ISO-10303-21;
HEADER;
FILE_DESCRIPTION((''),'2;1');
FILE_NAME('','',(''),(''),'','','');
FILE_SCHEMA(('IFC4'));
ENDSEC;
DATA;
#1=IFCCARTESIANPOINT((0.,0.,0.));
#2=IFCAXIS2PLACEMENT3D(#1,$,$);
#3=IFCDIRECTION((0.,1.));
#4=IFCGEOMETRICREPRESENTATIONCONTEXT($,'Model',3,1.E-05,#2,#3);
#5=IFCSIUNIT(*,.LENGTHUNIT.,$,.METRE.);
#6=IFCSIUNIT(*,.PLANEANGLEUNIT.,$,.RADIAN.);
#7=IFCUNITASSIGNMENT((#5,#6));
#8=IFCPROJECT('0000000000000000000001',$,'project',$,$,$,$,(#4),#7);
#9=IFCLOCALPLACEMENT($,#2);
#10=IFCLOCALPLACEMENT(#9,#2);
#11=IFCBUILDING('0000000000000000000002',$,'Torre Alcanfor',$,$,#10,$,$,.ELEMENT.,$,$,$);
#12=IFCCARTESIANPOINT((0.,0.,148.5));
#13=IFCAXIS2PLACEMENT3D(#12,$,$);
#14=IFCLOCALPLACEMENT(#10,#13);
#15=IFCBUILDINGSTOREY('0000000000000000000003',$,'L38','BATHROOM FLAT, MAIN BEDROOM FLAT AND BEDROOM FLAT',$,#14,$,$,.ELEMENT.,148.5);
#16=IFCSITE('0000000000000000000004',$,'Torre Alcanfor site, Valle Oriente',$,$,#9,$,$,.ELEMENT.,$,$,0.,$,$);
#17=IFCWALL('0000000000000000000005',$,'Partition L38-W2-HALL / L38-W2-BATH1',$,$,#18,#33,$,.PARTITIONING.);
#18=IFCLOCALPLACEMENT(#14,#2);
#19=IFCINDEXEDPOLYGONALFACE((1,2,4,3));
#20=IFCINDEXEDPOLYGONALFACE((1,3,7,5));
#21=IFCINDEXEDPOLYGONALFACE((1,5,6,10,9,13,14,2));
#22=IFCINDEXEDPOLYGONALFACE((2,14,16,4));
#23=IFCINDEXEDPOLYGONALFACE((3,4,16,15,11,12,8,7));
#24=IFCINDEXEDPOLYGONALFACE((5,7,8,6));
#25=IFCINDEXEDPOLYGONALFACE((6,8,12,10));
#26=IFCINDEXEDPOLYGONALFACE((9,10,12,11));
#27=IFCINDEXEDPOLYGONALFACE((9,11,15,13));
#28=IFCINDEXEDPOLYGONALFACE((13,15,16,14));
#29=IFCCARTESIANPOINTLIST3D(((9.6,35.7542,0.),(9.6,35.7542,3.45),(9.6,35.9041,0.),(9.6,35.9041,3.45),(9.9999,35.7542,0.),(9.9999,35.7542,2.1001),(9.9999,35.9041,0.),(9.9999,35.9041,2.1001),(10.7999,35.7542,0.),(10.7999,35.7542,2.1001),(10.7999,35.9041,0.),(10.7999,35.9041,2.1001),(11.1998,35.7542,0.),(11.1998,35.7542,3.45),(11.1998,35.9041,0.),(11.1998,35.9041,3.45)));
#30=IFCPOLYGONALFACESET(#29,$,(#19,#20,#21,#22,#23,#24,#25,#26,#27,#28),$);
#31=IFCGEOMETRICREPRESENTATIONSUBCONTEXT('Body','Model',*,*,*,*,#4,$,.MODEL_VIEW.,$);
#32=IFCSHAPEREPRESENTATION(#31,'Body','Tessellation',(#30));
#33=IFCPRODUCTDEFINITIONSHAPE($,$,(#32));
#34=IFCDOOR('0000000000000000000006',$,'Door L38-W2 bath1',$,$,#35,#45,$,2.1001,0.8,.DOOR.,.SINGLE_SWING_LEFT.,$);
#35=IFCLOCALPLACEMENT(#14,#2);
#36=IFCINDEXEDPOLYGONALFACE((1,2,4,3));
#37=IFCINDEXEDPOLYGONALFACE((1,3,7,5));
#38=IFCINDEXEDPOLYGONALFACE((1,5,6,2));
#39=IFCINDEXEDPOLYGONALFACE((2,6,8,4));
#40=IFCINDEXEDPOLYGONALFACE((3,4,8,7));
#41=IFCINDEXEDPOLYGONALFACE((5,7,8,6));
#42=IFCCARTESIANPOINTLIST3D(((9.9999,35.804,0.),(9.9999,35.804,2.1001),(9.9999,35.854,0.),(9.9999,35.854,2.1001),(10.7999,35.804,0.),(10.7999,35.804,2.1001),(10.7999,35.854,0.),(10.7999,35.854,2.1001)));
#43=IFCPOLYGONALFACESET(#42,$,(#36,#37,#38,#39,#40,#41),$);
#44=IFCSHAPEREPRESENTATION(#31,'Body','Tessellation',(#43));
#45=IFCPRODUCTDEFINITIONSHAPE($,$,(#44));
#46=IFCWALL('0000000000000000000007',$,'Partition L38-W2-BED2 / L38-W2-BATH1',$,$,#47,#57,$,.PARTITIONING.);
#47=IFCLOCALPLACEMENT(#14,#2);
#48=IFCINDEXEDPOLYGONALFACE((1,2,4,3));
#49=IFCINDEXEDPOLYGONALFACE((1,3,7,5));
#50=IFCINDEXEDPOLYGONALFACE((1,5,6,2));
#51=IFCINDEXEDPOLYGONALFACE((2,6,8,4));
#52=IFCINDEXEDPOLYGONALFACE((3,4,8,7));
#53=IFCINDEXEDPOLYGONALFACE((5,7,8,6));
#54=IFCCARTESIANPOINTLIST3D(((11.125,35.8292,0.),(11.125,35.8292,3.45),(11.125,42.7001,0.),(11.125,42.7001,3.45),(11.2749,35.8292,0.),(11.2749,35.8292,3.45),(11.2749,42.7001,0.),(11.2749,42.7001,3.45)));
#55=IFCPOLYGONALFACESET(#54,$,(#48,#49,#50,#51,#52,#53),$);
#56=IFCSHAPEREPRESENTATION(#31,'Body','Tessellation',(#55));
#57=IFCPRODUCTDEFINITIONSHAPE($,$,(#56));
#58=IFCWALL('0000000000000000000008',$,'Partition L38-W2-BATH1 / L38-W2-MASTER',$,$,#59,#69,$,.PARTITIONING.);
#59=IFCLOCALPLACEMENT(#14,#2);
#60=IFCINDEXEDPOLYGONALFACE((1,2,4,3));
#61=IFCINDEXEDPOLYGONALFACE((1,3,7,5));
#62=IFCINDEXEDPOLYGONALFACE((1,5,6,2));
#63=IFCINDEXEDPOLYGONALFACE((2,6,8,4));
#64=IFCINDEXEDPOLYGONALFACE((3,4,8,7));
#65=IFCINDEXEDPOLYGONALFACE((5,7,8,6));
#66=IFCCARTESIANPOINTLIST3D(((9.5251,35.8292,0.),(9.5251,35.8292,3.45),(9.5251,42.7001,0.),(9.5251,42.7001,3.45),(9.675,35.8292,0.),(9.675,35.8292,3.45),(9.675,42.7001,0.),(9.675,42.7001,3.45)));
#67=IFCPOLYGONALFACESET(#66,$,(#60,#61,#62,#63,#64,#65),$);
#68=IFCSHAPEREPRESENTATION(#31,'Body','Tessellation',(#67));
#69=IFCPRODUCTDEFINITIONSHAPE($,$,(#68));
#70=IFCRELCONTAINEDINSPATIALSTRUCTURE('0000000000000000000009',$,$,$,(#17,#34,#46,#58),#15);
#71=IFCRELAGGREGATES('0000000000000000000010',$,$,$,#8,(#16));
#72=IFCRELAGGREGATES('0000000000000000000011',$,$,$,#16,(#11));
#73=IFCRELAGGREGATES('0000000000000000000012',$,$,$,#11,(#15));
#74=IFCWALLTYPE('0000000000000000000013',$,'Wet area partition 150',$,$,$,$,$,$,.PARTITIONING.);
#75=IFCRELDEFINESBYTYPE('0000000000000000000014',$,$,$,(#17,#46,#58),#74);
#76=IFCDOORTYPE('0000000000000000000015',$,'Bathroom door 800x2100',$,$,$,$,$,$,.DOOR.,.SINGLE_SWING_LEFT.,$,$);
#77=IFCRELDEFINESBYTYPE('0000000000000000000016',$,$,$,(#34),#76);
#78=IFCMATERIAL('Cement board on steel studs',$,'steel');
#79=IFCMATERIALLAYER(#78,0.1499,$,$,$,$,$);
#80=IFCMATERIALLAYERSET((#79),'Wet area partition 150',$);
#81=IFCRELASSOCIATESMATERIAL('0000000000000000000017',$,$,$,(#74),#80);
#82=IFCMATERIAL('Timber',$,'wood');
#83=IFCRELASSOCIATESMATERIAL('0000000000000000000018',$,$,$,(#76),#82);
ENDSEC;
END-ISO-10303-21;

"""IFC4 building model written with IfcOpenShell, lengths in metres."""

from ifc_helpers import new_model, si_unit, direction, frame, frame_2d, origin, place, context, subcontext, project, spatial, rectangle, extrude, material, layer, layer_set, type_object, element, fill, save


model = new_model("IFC4")

# Units and contexts
model_context = context("Model", 3, precision=1e-05, world=origin(), true_north=direction((0.0, 1.0)))
body_context = subcontext(model_context, "Body", "Model", "MODEL_VIEW")
ifc_project = project(units=[si_unit("LENGTHUNIT", "METRE"), si_unit("PLANEANGLEUNIT", "RADIAN")], contexts=[model_context])

# Site, building, storey
site_placement = place(None, origin())
site = spatial("IfcSite", under=ifc_project, at=site_placement, Name="Torre Alcanfor site, Valle Oriente", CompositionType="ELEMENT", RefElevation=0.0)
building_placement = place(site_placement, origin())
building = spatial("IfcBuilding", under=site, at=building_placement, Name="Torre Alcanfor", CompositionType="ELEMENT")
storey_placement = place(building_placement, frame((0.0, 0.0, 148.5)))
storey = spatial("IfcBuildingStorey", under=building, at=storey_placement, Name="L38", Description="BATHROOM FLAT, MAIN BEDROOM FLAT AND BEDROOM FLAT", CompositionType="ELEMENT", Elevation=148.5)

# Wall, opening, door
ifc_material_1 = material(Name="Cement board on steel studs", Category="steel")
ifc_layer_1 = layer(ifc_material_1, 0.1499)
ifc_layer_set_1 = layer_set([ifc_layer_1], Name="Wet area partition 150")
wall_type_1 = type_object("IfcWallType", Name="Wet area partition 150", PredefinedType="PARTITIONING", material=ifc_layer_set_1)
wall_1_placement = place(storey_placement, frame((9.6001, 35.8291, 0.0), z_axis=(0.0, 0.0, 1.0), x_axis=(1.0, 0.0, 0.0)))
wall_1 = element("IfcWall", 1, at=wall_1_placement, inside=storey, type_object=wall_type_1, Name="Partition L38-W2-HALL / L38-W2-BATH1", PredefinedType="PARTITIONING", context=body_context, shape_type="SweptSolid", body=[
    extrude(rectangle(XDim=1.5999, YDim=0.1499, at=frame_2d((0.7998, 0.0))), origin(), (0.0, 0.0, 1.0), 3.45),
])
opening_1_placement = place(wall_1_placement, frame((0.3999, 0.0, 0.0)))
opening_1 = element("IfcOpeningElement", 2, at=opening_1_placement, cuts=wall_1, PredefinedType="OPENING", context=body_context, shape_type="SweptSolid", body=[
    extrude(rectangle(XDim=0.8, YDim=2.1001, at=frame_2d((0.3999, 1.05))), frame((0.0, 0.085, 0.0), z_axis=(0.0, -1.0, 0.0), x_axis=(1.0, 0.0, 0.0)), (0.0, 0.0, 1.0), 0.1699),
])
ifc_material_2 = material(Name="Timber", Category="wood")
door_type_1 = type_object("IfcDoorType", Name="Bathroom door 800x2100", OperationType="SINGLE_SWING_LEFT", PredefinedType="DOOR", material=ifc_material_2)
door_1_placement = place(opening_1_placement, origin())
door_1 = element("IfcDoor", 3, at=door_1_placement, inside=storey, type_object=door_type_1, Name="Door L38-W2 bath1", OperationType="SINGLE_SWING_LEFT", OverallHeight=2.1001, OverallWidth=0.8, PredefinedType="DOOR", context=body_context, shape_type="SweptSolid", body=[
    extrude(rectangle(XDim=0.8, YDim=2.1001, at=frame_2d((0.3999, 1.05))), frame((0.0, 0.0249, 0.0), z_axis=(0.0, -1.0, 0.0), x_axis=(1.0, 0.0, 0.0)), (0.0, 0.0, 1.0), 0.05),
])
fill(opening_1, door_1)

# Walls
for number, where, z_axis, x_axis, name in (
    (4, (11.2, 35.8291, 0.0), (0.0, 0.0, 1.0), (0.0, 1.0, 0.0), "Partition L38-W2-BED2 / L38-W2-BATH1"),
    (5, (9.6001, 35.8291, 0.0), (0.0, 0.0, 1.0), (0.0, 1.0, 0.0), "Partition L38-W2-BATH1 / L38-W2-MASTER"),
):
    element("IfcWall", number, at=place(storey_placement, frame(where, z_axis=z_axis, x_axis=x_axis)), inside=storey, type_object=wall_type_1, Name=name, PredefinedType="PARTITIONING", context=body_context, shape_type="SweptSolid", body=[
        extrude(rectangle(XDim=6.8708, YDim=0.1499, at=frame_2d((3.4355, 0.0))), origin(), (0.0, 0.0, 1.0), 3.45),
    ])

save(model, "model.ifc")
